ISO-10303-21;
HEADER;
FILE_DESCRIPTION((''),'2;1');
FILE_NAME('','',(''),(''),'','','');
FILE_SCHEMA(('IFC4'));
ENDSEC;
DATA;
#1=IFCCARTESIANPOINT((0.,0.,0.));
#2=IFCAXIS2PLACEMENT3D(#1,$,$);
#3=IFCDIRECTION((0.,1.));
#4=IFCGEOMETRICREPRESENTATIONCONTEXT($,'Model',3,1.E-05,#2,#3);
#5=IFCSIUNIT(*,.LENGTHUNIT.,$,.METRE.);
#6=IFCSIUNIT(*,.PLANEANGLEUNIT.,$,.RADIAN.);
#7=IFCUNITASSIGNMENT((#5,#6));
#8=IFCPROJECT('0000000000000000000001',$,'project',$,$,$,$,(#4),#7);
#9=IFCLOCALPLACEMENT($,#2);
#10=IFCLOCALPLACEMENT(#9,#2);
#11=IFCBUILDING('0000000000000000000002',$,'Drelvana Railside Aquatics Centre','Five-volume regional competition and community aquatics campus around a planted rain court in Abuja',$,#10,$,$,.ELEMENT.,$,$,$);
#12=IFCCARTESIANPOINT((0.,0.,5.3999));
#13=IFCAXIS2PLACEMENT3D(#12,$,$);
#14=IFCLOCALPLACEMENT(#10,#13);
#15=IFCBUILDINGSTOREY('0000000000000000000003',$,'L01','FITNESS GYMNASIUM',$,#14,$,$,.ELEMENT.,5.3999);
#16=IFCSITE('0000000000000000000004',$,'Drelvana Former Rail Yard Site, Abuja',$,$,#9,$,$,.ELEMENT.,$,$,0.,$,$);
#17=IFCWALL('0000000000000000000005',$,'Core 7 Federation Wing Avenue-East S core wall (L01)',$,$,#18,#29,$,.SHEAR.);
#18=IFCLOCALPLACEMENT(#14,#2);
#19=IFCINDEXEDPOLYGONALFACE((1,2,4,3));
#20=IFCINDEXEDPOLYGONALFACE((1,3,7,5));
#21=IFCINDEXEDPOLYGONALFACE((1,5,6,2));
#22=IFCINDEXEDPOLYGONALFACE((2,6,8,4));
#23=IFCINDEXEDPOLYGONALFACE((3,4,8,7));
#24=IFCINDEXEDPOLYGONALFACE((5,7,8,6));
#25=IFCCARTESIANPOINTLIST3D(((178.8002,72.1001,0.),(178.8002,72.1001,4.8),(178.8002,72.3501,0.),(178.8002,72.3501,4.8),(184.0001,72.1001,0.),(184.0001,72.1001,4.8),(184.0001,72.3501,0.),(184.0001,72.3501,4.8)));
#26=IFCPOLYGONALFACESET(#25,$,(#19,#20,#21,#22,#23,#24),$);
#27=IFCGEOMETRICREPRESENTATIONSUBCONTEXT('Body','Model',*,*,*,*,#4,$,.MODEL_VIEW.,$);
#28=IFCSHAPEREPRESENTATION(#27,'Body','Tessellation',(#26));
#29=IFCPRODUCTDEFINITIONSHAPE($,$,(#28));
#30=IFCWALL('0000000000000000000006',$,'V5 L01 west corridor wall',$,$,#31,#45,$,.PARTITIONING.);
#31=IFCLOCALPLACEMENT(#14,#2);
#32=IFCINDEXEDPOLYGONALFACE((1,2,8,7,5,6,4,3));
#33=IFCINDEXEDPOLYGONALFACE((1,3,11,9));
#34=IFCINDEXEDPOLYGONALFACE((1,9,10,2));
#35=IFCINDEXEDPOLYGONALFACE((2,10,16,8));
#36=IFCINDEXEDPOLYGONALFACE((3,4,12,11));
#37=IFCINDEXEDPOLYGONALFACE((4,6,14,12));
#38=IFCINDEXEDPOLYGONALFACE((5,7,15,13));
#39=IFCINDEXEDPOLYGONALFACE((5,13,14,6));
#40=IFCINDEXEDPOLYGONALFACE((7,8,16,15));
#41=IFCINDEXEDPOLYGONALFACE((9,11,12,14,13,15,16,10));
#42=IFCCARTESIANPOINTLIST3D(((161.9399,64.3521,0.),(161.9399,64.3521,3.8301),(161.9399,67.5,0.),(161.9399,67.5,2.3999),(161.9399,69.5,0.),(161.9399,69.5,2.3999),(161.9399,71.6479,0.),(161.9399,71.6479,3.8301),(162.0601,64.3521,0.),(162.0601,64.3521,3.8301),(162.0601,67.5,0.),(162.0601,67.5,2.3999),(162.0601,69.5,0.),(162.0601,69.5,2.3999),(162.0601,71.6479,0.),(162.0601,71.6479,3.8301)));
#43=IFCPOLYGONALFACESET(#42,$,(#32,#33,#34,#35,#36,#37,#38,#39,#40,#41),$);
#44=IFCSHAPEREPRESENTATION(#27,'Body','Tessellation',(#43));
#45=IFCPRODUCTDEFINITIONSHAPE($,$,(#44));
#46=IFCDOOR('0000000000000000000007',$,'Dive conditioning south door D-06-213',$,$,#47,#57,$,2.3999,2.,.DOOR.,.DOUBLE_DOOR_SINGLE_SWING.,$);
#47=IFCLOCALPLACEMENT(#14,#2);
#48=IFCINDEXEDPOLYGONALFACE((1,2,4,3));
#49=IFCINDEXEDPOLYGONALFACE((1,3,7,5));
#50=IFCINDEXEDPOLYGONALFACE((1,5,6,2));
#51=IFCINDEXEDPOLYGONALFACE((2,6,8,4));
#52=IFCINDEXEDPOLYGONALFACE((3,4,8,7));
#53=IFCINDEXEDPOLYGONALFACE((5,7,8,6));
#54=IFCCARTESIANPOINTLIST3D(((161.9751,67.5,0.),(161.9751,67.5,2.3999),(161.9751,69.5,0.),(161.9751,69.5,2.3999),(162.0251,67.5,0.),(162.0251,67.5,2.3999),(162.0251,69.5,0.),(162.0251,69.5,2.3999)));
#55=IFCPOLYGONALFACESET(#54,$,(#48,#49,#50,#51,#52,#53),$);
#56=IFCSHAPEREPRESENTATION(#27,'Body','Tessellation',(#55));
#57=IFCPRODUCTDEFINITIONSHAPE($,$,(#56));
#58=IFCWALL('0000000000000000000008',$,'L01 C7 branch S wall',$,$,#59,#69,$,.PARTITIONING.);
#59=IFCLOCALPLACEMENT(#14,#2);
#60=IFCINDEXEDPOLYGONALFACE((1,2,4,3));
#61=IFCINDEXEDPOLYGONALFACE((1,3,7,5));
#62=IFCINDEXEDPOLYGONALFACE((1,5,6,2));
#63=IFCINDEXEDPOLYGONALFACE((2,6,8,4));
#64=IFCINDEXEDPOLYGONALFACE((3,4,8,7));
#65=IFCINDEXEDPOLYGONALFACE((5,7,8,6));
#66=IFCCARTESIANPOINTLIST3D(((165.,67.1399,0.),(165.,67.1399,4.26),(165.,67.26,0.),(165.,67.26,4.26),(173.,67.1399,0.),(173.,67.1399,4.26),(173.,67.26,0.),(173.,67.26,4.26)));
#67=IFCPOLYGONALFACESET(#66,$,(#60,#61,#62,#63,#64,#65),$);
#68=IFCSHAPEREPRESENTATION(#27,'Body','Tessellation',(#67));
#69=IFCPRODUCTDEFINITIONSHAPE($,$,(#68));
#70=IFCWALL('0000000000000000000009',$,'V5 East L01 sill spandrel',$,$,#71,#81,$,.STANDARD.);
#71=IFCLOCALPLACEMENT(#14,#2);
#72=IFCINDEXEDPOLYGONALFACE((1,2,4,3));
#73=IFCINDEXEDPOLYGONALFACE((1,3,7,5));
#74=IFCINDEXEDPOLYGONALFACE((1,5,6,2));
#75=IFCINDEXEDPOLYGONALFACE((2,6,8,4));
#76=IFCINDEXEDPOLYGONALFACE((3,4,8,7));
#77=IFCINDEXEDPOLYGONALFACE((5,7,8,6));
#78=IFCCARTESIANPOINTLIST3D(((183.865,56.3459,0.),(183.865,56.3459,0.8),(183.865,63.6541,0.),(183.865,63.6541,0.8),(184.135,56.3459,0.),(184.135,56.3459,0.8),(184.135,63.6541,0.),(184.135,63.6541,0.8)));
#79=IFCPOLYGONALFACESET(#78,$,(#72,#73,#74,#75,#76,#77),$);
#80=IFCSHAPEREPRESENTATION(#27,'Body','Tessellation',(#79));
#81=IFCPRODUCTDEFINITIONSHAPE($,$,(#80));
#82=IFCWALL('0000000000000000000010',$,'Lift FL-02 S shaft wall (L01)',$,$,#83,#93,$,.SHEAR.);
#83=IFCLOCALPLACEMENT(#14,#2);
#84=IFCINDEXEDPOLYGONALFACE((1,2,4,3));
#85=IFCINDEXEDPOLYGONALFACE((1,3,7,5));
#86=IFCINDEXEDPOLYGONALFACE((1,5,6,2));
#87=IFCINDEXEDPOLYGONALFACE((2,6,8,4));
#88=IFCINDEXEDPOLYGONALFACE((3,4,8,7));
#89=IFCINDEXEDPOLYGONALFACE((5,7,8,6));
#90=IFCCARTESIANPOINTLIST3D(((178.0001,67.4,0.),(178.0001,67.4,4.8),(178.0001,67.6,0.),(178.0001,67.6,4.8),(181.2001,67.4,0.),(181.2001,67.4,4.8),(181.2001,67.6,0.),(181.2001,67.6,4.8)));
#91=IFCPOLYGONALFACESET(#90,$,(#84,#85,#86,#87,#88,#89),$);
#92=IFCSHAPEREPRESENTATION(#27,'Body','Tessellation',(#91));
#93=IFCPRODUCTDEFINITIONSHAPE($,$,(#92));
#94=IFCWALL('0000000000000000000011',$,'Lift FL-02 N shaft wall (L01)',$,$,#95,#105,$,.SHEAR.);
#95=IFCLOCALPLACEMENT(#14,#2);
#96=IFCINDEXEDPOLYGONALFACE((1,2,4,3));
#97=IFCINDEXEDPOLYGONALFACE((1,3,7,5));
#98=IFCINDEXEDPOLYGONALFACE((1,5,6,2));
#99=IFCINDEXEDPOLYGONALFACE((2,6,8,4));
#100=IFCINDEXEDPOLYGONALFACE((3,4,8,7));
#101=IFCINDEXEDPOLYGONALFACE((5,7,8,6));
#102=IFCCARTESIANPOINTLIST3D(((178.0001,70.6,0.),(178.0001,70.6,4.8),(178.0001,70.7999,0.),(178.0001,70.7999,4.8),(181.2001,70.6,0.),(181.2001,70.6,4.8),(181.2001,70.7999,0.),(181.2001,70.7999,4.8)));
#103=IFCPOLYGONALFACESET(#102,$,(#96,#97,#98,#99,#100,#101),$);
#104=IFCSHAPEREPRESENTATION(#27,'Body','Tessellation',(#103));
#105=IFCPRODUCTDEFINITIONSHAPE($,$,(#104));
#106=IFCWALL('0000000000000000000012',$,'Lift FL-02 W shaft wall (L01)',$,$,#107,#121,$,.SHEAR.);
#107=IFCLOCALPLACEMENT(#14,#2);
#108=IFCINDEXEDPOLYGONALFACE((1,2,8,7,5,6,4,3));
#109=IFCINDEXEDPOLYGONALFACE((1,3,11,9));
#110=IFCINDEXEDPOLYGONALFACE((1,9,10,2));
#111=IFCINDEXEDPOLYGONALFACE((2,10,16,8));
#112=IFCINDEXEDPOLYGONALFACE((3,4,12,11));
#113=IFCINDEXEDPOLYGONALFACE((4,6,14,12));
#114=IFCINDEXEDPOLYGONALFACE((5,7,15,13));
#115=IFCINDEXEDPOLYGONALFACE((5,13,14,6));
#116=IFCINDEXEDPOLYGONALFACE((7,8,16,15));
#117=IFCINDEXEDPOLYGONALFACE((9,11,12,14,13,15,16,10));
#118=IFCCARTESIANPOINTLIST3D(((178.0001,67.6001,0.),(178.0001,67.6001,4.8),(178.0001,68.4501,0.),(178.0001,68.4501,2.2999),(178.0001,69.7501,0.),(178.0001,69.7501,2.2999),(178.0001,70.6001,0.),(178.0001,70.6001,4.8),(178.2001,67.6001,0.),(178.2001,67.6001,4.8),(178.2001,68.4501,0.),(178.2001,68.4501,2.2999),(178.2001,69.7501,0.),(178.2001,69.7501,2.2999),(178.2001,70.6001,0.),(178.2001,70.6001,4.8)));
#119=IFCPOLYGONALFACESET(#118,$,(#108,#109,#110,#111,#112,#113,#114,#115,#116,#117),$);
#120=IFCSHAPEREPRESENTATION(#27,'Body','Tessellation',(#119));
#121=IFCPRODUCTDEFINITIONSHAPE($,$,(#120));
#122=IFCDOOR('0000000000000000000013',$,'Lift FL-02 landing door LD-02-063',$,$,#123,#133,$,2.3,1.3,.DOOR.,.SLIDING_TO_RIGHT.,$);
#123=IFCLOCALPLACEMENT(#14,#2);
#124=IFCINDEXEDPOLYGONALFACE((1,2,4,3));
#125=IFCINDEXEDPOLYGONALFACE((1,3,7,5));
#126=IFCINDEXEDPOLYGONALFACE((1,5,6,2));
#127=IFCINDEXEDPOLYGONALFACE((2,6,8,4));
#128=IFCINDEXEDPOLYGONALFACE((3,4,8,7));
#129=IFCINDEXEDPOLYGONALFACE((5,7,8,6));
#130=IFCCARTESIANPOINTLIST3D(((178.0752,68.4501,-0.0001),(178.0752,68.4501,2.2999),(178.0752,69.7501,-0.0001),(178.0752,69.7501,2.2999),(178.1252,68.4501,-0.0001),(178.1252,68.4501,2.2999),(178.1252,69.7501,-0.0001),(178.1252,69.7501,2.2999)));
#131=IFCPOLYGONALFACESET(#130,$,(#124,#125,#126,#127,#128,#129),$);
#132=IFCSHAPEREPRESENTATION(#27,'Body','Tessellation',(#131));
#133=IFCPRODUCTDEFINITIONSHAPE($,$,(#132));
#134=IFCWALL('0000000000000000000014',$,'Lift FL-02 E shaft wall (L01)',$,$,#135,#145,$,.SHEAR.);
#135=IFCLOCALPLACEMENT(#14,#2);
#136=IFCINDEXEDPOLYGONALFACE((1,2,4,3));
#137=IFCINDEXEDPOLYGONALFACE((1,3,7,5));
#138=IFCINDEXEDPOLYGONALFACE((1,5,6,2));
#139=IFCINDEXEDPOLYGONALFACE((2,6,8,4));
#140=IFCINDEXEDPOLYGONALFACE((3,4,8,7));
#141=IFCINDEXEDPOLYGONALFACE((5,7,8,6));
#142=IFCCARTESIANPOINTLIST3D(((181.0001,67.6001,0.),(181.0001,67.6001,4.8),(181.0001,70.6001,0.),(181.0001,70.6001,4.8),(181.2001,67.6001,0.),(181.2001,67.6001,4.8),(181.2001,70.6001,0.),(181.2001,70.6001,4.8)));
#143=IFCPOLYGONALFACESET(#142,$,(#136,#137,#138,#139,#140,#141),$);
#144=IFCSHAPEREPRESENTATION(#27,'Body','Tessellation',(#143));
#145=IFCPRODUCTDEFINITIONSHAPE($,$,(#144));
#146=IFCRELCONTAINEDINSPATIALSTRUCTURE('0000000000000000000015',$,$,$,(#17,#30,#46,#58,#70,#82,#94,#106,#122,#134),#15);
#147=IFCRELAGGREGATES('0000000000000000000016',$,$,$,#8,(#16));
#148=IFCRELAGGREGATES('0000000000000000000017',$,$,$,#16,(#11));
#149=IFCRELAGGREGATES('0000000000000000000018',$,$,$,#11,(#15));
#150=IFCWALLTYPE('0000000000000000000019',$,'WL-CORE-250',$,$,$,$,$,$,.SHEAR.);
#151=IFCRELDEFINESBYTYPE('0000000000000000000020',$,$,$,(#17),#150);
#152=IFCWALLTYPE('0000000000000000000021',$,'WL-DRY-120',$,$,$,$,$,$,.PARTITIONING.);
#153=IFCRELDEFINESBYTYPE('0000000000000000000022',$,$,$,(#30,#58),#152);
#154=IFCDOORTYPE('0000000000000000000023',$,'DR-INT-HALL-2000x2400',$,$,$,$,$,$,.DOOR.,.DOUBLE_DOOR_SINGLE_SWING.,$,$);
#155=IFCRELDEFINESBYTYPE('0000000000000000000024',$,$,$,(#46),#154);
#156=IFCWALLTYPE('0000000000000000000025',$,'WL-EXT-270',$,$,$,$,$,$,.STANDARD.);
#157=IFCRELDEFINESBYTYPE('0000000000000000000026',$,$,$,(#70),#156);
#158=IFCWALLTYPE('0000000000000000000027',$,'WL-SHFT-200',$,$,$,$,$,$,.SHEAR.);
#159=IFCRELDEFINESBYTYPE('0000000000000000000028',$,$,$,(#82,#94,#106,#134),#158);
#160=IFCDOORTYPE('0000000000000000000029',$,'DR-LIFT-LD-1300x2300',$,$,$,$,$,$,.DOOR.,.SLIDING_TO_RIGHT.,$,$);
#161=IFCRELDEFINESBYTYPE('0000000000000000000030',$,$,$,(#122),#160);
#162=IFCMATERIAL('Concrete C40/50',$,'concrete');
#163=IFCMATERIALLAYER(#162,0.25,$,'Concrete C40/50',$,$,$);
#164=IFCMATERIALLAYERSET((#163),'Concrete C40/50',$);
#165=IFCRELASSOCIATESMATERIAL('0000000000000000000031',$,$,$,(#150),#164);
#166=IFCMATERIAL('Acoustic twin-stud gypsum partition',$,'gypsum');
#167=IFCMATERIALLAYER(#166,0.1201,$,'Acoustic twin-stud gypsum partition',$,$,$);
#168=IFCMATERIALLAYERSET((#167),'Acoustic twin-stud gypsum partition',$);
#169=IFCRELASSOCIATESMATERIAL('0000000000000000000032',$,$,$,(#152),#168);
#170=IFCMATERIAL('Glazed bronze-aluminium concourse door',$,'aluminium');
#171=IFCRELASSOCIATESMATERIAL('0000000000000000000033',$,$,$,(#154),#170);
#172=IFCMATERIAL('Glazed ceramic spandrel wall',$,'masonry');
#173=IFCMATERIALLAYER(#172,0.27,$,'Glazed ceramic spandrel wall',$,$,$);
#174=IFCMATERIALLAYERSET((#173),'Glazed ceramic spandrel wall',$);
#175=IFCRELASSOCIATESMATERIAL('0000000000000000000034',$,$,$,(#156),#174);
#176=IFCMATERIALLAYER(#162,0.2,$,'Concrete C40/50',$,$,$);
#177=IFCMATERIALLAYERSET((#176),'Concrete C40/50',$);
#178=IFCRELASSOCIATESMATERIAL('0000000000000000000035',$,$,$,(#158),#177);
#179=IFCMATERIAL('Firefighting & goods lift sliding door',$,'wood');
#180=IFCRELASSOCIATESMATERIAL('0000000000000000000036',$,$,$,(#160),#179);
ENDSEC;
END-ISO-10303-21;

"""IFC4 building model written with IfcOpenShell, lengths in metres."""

from ifc_helpers import new_model, si_unit, direction, frame, frame_2d, origin, place, context, subcontext, project, spatial, rectangle, extrude, material, layer, layer_set, type_object, element, fill, save


model = new_model("IFC4")

# Units and contexts
model_context = context("Model", 3, precision=1e-05, world=origin(), true_north=direction((0.0, 1.0)))
body_context = subcontext(model_context, "Body", "Model", "MODEL_VIEW")
ifc_project = project(units=[si_unit("LENGTHUNIT", "METRE"), si_unit("PLANEANGLEUNIT", "RADIAN")], contexts=[model_context])

# Site, building, storey
site_placement = place(None, origin())
site = spatial("IfcSite", under=ifc_project, at=site_placement, Name="Drelvana Former Rail Yard Site, Abuja", CompositionType="ELEMENT", RefElevation=0.0)
building_placement = place(site_placement, origin())
building = spatial("IfcBuilding", under=site, at=building_placement, Name="Drelvana Railside Aquatics Centre", Description="Five-volume regional competition and community aquatics campus around a planted rain court in Abuja", CompositionType="ELEMENT")
storey_placement = place(building_placement, frame((0.0, 0.0, 5.3999)))
storey = spatial("IfcBuildingStorey", under=building, at=storey_placement, Name="L01", Description="FITNESS GYMNASIUM", CompositionType="ELEMENT", Elevation=5.3999)

# Shared definitions
ifc_material_1 = material(Name="Concrete C40/50", Category="concrete")

# Wall
ifc_layer_1 = layer(ifc_material_1, 0.25, Name="Concrete C40/50")
ifc_layer_set_1 = layer_set([ifc_layer_1], Name="Concrete C40/50")
wall_type_1 = type_object("IfcWallType", Name="WL-CORE-250", PredefinedType="SHEAR", material=ifc_layer_set_1)
wall_1_placement = place(storey_placement, frame((178.8, 72.2251, 0.0), z_axis=(0.0, 0.0, 1.0), x_axis=(1.0, 0.0, 0.0)))
element("IfcWall", 1, at=wall_1_placement, inside=storey, type_object=wall_type_1, Name="Core 7 Federation Wing Avenue-East S core wall (L01)", PredefinedType="SHEAR", context=body_context, shape_type="SweptSolid", body=[
    extrude(rectangle(XDim=5.2, YDim=0.25, at=frame_2d((2.6001, 0.0))), origin(), (0.0, 0.0, 1.0), 4.8),
])

# Wall, opening, door
ifc_material_2 = material(Name="Acoustic twin-stud gypsum partition", Category="gypsum")
ifc_layer_2 = layer(ifc_material_2, 0.1201, Name="Acoustic twin-stud gypsum partition")
ifc_layer_set_2 = layer_set([ifc_layer_2], Name="Acoustic twin-stud gypsum partition")
wall_type_2 = type_object("IfcWallType", Name="WL-DRY-120", PredefinedType="PARTITIONING", material=ifc_layer_set_2)
wall_2_placement = place(storey_placement, frame((162.0, 64.3521, 0.0), z_axis=(0.0, 0.0, 1.0), x_axis=(0.0, 1.0, 0.0)))
wall_2 = element("IfcWall", 2, at=wall_2_placement, inside=storey, type_object=wall_type_2, Name="V5 L01 west corridor wall", PredefinedType="PARTITIONING", context=body_context, shape_type="SweptSolid", body=[
    extrude(rectangle(XDim=7.2959, YDim=0.1201, at=frame_2d((3.6479, 0.0))), origin(), (0.0, 0.0, 1.0), 3.8301),
])
opening_1_placement = place(wall_2_placement, frame((3.1479, 0.0, 0.0)))
opening_1 = element("IfcOpeningElement", 3, at=opening_1_placement, cuts=wall_2, PredefinedType="OPENING", context=body_context, shape_type="SweptSolid", body=[
    extrude(rectangle(XDim=2.0, YDim=2.3999, at=frame_2d((1.0, 1.2))), frame((0.0, 0.0701, 0.0), z_axis=(0.0, -1.0, 0.0), x_axis=(1.0, 0.0, 0.0)), (0.0, 0.0, 1.0), 0.1401),
])
ifc_material_3 = material(Name="Glazed bronze-aluminium concourse door", Category="aluminium")
door_type_1 = type_object("IfcDoorType", Name="DR-INT-HALL-2000x2400", OperationType="DOUBLE_DOOR_SINGLE_SWING", PredefinedType="DOOR", material=ifc_material_3)
door_1_placement = place(opening_1_placement, origin())
door_1 = element("IfcDoor", 4, at=door_1_placement, inside=storey, type_object=door_type_1, Name="Dive conditioning south door D-06-213", OperationType="DOUBLE_DOOR_SINGLE_SWING", OverallHeight=2.3999, OverallWidth=2.0, PredefinedType="DOOR", context=body_context, shape_type="SweptSolid", body=[
    extrude(rectangle(XDim=2.0, YDim=2.3999, at=frame_2d((1.0, 1.2))), frame((0.0, 0.0249, 0.0), z_axis=(0.0, -1.0, 0.0), x_axis=(1.0, 0.0, 0.0)), (0.0, 0.0, 1.0), 0.05),
])
fill(opening_1, door_1)

# Walls
wall_3_placement = place(storey_placement, frame((165.0, 67.2, 0.0), z_axis=(0.0, 0.0, 1.0), x_axis=(1.0, 0.0, 0.0)))
element("IfcWall", 5, at=wall_3_placement, inside=storey, type_object=wall_type_2, Name="L01 C7 branch S wall", PredefinedType="PARTITIONING", context=body_context, shape_type="SweptSolid", body=[
    extrude(rectangle(XDim=8.0, YDim=0.1201, at=frame_2d((4.0, 0.0))), origin(), (0.0, 0.0, 1.0), 4.26),
])
ifc_material_4 = material(Name="Glazed ceramic spandrel wall", Category="masonry")
ifc_layer_3 = layer(ifc_material_4, 0.27, Name="Glazed ceramic spandrel wall")
ifc_layer_set_3 = layer_set([ifc_layer_3], Name="Glazed ceramic spandrel wall")
wall_type_3 = type_object("IfcWallType", Name="WL-EXT-270", PredefinedType="STANDARD", material=ifc_layer_set_3)
wall_4_placement = place(storey_placement, frame((184.0, 56.3459, 0.0), z_axis=(0.0, 0.0, 1.0), x_axis=(0.0, 1.0, 0.0)))
element("IfcWall", 6, at=wall_4_placement, inside=storey, type_object=wall_type_3, Name="V5 East L01 sill spandrel", PredefinedType="STANDARD", context=body_context, shape_type="SweptSolid", body=[
    extrude(rectangle(XDim=7.3081, YDim=0.27, at=frame_2d((3.6541, 0.0))), origin(), (0.0, 0.0, 1.0), 0.8),
])
ifc_layer_4 = layer(ifc_material_1, 0.2, Name="Concrete C40/50")
ifc_layer_set_4 = layer_set([ifc_layer_4], Name="Concrete C40/50")
wall_type_4 = type_object("IfcWallType", Name="WL-SHFT-200", PredefinedType="SHEAR", material=ifc_layer_set_4)
for number, where, z_axis, x_axis, name in (
    (7, (178.0, 67.5, 0.0), (0.0, 0.0, 1.0), (1.0, 0.0, 0.0), "Lift FL-02 S shaft wall (L01)"),
    (8, (178.0, 70.7, 0.0), (0.0, 0.0, 1.0), (1.0, 0.0, 0.0), "Lift FL-02 N shaft wall (L01)"),
):
    element("IfcWall", number, at=place(storey_placement, frame(where, z_axis=z_axis, x_axis=x_axis)), inside=storey, type_object=wall_type_4, Name=name, PredefinedType="SHEAR", context=body_context, shape_type="SweptSolid", body=[
        extrude(rectangle(XDim=3.2, YDim=0.2, at=frame_2d((1.6001, 0.0))), origin(), (0.0, 0.0, 1.0), 4.8),
    ])

# Wall, opening, door
wall_5_placement = place(storey_placement, frame((178.1001, 67.6001, 0.0), z_axis=(0.0, 0.0, 1.0), x_axis=(0.0, 1.0, 0.0)))
wall_5 = element("IfcWall", 9, at=wall_5_placement, inside=storey, type_object=wall_type_4, Name="Lift FL-02 W shaft wall (L01)", PredefinedType="SHEAR", context=body_context, shape_type="SweptSolid", body=[
    extrude(rectangle(XDim=3.0, YDim=0.2, at=frame_2d((1.5, 0.0))), origin(), (0.0, 0.0, 1.0), 4.8),
])
opening_2_placement = place(wall_5_placement, frame((0.8501, 0.0, 0.0)))
opening_2 = element("IfcOpeningElement", 10, at=opening_2_placement, cuts=wall_5, PredefinedType="OPENING", context=body_context, shape_type="SweptSolid", body=[
    extrude(rectangle(XDim=1.3, YDim=2.3, at=frame_2d((0.6499, 1.1499))), frame((0.0, 0.1099, 0.0), z_axis=(0.0, -1.0, 0.0), x_axis=(1.0, 0.0, 0.0)), (0.0, 0.0, 1.0), 0.22),
])
ifc_material_5 = material(Name="Firefighting & goods lift sliding door", Category="wood")
door_type_2 = type_object("IfcDoorType", Name="DR-LIFT-LD-1300x2300", OperationType="SLIDING_TO_RIGHT", PredefinedType="DOOR", material=ifc_material_5)
door_2_placement = place(opening_2_placement, origin())
door_2 = element("IfcDoor", 11, at=door_2_placement, inside=storey, type_object=door_type_2, Name="Lift FL-02 landing door LD-02-063", OperationType="SLIDING_TO_RIGHT", OverallHeight=2.3, OverallWidth=1.3, PredefinedType="DOOR", context=body_context, shape_type="SweptSolid", body=[
    extrude(rectangle(XDim=1.3, YDim=2.3, at=frame_2d((0.6499, 1.1499))), frame((0.0, 0.0249, 0.0), z_axis=(0.0, -1.0, 0.0), x_axis=(1.0, 0.0, 0.0)), (0.0, 0.0, 1.0), 0.05),
])
fill(opening_2, door_2)

# Wall
wall_6_placement = place(storey_placement, frame((181.1001, 67.6001, 0.0), z_axis=(0.0, 0.0, 1.0), x_axis=(0.0, 1.0, 0.0)))
element("IfcWall", 12, at=wall_6_placement, inside=storey, type_object=wall_type_4, Name="Lift FL-02 E shaft wall (L01)", PredefinedType="SHEAR", context=body_context, shape_type="SweptSolid", body=[
    extrude(rectangle(XDim=3.0, YDim=0.2, at=frame_2d((1.5, 0.0))), origin(), (0.0, 0.0, 1.0), 4.8),
])

save(model, "model.ifc")
